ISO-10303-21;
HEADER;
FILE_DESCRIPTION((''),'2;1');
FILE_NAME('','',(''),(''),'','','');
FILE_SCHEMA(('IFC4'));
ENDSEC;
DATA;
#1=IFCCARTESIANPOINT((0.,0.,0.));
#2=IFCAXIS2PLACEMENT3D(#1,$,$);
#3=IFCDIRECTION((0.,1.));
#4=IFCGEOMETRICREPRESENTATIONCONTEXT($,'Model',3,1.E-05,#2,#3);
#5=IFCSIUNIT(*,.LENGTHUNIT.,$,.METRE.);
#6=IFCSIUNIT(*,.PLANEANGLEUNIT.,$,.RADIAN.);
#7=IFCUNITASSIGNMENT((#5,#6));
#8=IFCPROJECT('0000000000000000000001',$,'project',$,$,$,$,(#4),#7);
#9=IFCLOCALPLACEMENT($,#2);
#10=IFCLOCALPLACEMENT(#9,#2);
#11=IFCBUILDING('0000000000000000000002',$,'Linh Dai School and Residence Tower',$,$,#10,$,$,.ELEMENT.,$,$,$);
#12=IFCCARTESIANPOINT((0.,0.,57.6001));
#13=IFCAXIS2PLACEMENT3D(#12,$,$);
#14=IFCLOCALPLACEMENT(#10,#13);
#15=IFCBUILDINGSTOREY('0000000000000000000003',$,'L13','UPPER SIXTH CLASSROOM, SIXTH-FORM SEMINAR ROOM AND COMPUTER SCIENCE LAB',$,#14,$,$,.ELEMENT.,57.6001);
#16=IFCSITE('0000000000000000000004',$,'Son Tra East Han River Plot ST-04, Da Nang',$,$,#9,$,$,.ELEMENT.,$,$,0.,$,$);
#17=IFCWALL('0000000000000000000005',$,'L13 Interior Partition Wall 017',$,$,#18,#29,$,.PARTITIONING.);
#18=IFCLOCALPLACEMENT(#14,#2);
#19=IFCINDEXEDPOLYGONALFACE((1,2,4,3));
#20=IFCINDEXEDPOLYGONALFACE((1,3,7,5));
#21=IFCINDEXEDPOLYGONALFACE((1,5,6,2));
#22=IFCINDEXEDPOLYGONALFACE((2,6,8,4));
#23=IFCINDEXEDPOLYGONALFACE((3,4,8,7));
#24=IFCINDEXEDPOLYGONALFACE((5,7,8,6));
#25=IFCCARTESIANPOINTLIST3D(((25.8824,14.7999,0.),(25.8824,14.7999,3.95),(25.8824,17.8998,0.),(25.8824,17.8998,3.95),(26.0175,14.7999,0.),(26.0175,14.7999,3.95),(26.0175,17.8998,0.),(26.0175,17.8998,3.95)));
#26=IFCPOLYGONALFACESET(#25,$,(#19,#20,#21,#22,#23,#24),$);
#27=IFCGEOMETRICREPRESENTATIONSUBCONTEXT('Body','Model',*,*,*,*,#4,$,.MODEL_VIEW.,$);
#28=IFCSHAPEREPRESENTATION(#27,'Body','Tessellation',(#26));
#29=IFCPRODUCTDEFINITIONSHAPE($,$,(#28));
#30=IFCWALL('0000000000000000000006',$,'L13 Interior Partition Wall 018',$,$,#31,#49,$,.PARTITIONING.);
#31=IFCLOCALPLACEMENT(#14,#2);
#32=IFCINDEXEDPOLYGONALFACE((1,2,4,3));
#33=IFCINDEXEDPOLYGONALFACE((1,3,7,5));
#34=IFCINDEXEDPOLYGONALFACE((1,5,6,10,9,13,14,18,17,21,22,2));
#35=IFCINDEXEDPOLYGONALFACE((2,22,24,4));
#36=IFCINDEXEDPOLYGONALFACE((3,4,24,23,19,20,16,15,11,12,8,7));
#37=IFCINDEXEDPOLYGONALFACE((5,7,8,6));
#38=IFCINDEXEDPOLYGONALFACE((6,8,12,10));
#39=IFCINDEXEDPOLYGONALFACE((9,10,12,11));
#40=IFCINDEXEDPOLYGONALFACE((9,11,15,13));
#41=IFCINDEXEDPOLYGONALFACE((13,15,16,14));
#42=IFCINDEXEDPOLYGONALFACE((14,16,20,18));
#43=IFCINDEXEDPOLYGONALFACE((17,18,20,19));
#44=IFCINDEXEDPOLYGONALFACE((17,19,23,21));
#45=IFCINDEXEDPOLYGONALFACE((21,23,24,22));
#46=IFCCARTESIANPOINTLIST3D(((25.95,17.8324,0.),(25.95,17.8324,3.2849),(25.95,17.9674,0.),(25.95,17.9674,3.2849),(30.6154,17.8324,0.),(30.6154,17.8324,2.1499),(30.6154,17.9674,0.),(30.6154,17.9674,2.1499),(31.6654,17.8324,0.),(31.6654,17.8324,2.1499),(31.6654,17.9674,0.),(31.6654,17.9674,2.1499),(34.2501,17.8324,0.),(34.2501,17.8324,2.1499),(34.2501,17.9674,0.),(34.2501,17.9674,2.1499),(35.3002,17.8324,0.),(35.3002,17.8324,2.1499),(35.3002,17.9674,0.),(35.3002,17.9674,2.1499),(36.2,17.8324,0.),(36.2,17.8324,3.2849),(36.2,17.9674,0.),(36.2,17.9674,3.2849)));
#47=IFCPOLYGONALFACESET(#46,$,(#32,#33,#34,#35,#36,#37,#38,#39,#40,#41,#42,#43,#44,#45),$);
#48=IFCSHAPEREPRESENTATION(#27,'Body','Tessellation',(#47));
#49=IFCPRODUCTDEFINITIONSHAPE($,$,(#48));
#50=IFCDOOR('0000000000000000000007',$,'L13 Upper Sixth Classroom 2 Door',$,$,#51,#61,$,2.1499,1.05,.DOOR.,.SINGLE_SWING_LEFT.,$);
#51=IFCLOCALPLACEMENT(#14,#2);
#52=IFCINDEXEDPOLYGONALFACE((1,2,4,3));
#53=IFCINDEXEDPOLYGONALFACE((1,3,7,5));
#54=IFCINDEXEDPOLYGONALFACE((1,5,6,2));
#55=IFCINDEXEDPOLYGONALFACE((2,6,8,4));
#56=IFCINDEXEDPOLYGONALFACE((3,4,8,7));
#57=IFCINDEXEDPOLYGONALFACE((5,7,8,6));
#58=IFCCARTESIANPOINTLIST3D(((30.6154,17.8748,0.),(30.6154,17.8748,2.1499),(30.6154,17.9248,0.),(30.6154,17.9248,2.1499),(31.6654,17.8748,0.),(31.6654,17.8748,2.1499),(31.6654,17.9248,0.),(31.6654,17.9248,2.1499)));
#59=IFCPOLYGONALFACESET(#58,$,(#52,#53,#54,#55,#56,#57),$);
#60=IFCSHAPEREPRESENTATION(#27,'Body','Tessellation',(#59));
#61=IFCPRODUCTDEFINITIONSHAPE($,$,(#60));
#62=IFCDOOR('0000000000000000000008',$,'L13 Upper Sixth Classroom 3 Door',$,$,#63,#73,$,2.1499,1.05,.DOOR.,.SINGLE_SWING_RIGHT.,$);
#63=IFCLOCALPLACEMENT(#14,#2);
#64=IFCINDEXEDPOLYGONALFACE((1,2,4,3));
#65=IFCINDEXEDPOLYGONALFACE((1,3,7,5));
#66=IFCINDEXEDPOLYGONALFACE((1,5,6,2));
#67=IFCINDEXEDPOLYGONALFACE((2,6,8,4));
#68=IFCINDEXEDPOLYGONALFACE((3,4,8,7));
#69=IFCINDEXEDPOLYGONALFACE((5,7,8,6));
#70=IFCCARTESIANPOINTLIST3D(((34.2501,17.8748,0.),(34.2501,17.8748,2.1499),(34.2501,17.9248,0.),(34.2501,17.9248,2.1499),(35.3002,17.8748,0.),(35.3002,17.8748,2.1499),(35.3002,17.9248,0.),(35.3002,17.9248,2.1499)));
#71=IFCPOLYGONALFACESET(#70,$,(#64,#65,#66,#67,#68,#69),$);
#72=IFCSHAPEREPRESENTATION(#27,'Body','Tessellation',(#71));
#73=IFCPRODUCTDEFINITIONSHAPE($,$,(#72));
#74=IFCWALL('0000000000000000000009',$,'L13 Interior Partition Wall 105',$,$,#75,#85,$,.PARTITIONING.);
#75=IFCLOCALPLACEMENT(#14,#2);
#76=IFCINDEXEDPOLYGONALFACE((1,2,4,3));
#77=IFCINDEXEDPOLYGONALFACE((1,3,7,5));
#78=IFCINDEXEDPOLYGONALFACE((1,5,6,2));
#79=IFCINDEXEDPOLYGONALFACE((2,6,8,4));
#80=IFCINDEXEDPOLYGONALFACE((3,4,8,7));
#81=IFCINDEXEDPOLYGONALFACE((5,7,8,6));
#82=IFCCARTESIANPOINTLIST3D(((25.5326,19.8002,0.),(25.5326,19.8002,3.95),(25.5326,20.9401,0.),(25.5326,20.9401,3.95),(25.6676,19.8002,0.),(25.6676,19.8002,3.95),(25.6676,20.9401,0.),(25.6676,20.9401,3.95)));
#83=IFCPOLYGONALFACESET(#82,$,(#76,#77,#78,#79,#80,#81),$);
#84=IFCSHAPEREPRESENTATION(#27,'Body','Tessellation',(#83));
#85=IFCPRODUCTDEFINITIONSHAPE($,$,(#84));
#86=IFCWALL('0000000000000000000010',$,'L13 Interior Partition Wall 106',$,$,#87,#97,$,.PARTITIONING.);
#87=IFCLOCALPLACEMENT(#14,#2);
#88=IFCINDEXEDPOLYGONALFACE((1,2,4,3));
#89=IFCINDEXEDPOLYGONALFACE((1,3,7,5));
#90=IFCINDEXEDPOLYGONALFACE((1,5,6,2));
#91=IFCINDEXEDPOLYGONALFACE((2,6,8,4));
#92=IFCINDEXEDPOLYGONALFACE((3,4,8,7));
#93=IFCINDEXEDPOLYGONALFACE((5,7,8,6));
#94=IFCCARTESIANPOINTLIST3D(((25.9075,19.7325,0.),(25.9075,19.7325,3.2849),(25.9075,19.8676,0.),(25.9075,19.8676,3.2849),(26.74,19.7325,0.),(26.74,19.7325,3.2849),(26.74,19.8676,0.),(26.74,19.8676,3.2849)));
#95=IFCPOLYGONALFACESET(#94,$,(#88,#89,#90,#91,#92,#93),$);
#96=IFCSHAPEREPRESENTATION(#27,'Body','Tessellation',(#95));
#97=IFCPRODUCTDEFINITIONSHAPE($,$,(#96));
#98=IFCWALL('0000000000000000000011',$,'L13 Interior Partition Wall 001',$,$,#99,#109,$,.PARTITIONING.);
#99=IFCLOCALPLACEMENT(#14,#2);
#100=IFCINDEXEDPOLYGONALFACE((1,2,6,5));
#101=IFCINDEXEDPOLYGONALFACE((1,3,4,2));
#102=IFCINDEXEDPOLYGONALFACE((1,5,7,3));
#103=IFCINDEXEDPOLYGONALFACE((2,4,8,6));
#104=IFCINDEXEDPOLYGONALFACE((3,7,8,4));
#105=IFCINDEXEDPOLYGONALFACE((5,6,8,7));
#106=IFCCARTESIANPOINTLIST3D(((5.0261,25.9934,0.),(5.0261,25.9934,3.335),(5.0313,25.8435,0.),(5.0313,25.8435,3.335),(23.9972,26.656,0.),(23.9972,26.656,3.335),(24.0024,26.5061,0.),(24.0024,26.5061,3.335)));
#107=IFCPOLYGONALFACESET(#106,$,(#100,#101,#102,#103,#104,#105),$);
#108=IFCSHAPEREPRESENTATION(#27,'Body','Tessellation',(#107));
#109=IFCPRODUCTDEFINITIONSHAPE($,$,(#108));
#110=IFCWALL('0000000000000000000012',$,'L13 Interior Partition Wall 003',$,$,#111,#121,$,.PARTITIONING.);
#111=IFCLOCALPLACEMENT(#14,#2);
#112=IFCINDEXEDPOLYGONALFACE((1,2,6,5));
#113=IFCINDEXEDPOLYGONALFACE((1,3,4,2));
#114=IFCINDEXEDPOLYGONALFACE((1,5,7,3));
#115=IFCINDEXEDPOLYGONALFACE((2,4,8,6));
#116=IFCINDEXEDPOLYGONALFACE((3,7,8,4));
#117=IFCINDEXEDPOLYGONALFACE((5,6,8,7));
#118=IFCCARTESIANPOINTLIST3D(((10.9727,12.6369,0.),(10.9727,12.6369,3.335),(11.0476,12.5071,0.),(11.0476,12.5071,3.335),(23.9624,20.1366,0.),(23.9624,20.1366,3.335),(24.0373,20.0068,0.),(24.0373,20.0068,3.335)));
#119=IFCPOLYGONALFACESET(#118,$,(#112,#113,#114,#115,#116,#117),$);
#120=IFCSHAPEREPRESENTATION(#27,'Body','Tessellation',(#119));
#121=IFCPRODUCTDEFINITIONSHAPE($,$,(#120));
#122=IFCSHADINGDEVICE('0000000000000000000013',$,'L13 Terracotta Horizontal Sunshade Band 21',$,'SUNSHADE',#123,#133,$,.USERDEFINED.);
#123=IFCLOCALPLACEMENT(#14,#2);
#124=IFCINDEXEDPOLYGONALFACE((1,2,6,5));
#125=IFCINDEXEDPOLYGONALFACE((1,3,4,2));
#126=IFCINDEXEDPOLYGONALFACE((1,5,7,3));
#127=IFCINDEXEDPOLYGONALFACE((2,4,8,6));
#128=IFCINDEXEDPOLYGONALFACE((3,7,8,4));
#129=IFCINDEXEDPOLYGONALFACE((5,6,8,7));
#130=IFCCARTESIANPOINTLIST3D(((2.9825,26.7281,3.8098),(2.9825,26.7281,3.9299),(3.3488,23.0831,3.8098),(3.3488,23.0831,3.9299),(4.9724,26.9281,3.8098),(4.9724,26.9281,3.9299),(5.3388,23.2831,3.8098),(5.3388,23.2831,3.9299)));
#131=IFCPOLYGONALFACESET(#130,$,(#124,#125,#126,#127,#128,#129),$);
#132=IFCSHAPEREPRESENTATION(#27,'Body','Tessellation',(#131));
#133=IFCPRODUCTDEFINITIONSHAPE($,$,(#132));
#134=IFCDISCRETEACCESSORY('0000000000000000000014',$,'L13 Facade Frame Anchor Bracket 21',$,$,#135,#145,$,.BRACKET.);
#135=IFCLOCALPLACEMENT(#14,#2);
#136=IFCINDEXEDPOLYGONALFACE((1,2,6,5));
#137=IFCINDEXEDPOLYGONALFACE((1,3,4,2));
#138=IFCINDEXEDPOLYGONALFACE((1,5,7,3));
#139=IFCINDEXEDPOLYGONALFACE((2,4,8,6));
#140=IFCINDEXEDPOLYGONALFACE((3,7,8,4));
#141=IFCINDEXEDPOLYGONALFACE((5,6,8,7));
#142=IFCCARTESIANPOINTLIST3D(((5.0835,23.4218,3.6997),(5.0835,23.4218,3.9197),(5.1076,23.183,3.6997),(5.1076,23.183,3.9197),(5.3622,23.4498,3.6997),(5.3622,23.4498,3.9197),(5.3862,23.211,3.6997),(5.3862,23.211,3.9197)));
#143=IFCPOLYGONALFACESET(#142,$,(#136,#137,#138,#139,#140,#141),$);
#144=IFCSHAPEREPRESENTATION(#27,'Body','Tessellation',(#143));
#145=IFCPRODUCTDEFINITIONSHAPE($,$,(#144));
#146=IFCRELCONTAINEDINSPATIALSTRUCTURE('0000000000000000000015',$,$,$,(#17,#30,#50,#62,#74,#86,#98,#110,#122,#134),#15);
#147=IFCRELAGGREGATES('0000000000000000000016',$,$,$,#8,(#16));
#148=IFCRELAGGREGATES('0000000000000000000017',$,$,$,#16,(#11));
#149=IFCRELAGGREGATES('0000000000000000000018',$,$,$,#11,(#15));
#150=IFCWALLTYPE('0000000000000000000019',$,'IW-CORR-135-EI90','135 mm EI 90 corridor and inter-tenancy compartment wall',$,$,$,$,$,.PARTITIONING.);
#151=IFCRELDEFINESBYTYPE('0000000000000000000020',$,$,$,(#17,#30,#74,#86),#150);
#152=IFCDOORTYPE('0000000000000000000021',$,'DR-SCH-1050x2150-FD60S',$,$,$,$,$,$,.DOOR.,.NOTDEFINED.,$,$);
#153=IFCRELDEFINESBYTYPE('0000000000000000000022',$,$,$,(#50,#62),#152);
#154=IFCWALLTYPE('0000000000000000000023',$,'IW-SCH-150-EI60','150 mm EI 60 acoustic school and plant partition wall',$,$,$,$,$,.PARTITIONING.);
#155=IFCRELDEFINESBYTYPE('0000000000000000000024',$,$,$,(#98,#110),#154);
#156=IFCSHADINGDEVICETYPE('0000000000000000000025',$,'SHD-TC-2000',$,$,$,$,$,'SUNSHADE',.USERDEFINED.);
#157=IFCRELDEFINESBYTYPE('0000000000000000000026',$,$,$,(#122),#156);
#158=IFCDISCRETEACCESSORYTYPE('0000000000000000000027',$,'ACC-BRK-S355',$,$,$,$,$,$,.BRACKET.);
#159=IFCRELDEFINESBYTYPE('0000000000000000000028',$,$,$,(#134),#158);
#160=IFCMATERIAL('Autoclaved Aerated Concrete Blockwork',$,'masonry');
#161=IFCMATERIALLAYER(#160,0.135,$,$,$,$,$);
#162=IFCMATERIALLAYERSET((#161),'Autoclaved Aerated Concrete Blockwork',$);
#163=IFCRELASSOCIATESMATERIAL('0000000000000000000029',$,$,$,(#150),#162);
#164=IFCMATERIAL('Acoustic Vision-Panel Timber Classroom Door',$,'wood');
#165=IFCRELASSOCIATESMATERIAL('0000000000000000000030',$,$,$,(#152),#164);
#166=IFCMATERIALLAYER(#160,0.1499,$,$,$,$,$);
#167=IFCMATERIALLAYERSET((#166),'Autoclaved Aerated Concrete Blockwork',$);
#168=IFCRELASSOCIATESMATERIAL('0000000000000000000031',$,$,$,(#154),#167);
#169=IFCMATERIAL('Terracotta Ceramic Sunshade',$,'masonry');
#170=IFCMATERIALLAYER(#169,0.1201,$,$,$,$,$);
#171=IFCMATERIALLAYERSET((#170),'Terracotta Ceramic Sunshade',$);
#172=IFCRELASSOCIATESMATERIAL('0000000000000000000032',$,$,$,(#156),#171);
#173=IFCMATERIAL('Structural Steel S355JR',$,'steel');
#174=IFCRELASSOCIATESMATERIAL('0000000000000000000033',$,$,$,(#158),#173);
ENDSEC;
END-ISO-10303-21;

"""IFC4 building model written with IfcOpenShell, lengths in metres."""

from ifc_helpers import new_model, si_unit, direction, frame, frame_2d, origin, origin_2d, place, context, subcontext, project, spatial, rectangle, extrude, source, transform, mapped, material, layer, layer_set, type_object, element, fill, save


model = new_model("IFC4")

# Units and contexts
model_context = context("Model", 3, precision=1e-05, world=origin(), true_north=direction((0.0, 1.0)))
body_context = subcontext(model_context, "Body", "Model", "MODEL_VIEW")
ifc_project = project(units=[si_unit("LENGTHUNIT", "METRE"), si_unit("PLANEANGLEUNIT", "RADIAN")], contexts=[model_context])

# Site, building, storey
site_placement = place(None, origin())
site = spatial("IfcSite", under=ifc_project, at=site_placement, Name="Son Tra East Han River Plot ST-04, Da Nang", CompositionType="ELEMENT", RefElevation=0.0)
building_placement = place(site_placement, origin())
building = spatial("IfcBuilding", under=site, at=building_placement, Name="Linh Dai School and Residence Tower", CompositionType="ELEMENT")
storey_placement = place(building_placement, frame((0.0, 0.0, 57.6001)))
storey = spatial("IfcBuildingStorey", under=building, at=storey_placement, Name="L13", Description="UPPER SIXTH CLASSROOM, SIXTH-FORM SEMINAR ROOM AND COMPUTER SCIENCE LAB", CompositionType="ELEMENT", Elevation=57.6001)

# Shared definitions
ifc_material_1 = material(Name="Structural Steel S355JR", Category="steel")

# Shared definitions
ifc_material_2 = material(Name="Autoclaved Aerated Concrete Blockwork", Category="masonry")
ifc_layer_1 = layer(ifc_material_2, 0.135)
ifc_layer_set_1 = layer_set([ifc_layer_1], Name="Autoclaved Aerated Concrete Blockwork")
wall_type_1 = type_object("IfcWallType", Name="IW-CORR-135-EI90", Description="135 mm EI 90 corridor and inter-tenancy compartment wall", PredefinedType="PARTITIONING", material=ifc_layer_set_1)
ifc_material_3 = material(Name="Acoustic Vision-Panel Timber Classroom Door", Category="wood")
door_type = type_object("IfcDoorType", Name="DR-SCH-1050x2150-FD60S", OperationType="NOTDEFINED", PredefinedType="DOOR", material=ifc_material_3)
shared_shape_1 = source(origin(), body_context, "Body", "SweptSolid", [
    extrude(rectangle(XDim=1.05, YDim=2.1499, at=origin_2d()), frame((0.5249, 0.0249, 1.075), z_axis=(0.0, -1.0, 0.0), x_axis=(1.0, 0.0, 0.0)), (0.0, 0.0, 1.0), 0.05),
])

# Wall
wall_1_placement = place(storey_placement, frame((25.95, 14.8, 0.0), z_axis=(0.0, 0.0, 1.0), x_axis=(0.0, 1.0, 0.0)))
element("IfcWall", 1, at=wall_1_placement, inside=storey, type_object=wall_type_1, Name="L13 Interior Partition Wall 017", PredefinedType="PARTITIONING", context=body_context, shape_type="SweptSolid", body=[
    extrude(rectangle(XDim=3.0999, YDim=0.135, at=frame_2d((1.5498, 0.0))), origin(), (0.0, 0.0, 1.0), 3.95),
])

# Wall, openings, doors
wall_2_placement = place(storey_placement, frame((25.95, 17.8999, 0.0), z_axis=(0.0, 0.0, 1.0), x_axis=(1.0, 0.0, 0.0)))
wall_2 = element("IfcWall", 2, at=wall_2_placement, inside=storey, type_object=wall_type_1, Name="L13 Interior Partition Wall 018", PredefinedType="PARTITIONING", context=body_context, shape_type="SweptSolid", body=[
    extrude(rectangle(XDim=10.25, YDim=0.135, at=frame_2d((5.125, 0.0))), origin(), (0.0, 0.0, 1.0), 3.2849),
])
opening_1_placement = place(wall_2_placement, frame((4.6655, 0.0, 0.0)))
opening_1 = element("IfcOpeningElement", 3, at=opening_1_placement, cuts=wall_2, PredefinedType="OPENING", context=body_context, shape_type="SweptSolid", body=[
    extrude(rectangle(XDim=1.05, YDim=2.1499, at=origin_2d()), frame((0.5249, 0.0776, 1.075), z_axis=(0.0, -1.0, 0.0), x_axis=(1.0, 0.0, 0.0)), (0.0, 0.0, 1.0), 0.155),
])
opening_2_placement = place(wall_2_placement, frame((8.3003, 0.0, 0.0)))
opening_2 = element("IfcOpeningElement", 4, at=opening_2_placement, cuts=wall_2, PredefinedType="OPENING", context=body_context, shape_type="SweptSolid", body=[
    extrude(rectangle(XDim=1.05, YDim=2.1499, at=origin_2d()), frame((0.5249, 0.0776, 1.075), z_axis=(0.0, -1.0, 0.0), x_axis=(1.0, 0.0, 0.0)), (0.0, 0.0, 1.0), 0.155),
])
door_1_placement = place(opening_1_placement, origin())
door_1 = element("IfcDoor", 5, at=door_1_placement, inside=storey, type_object=door_type, Name="L13 Upper Sixth Classroom 2 Door", OperationType="SINGLE_SWING_LEFT", OverallHeight=2.1499, OverallWidth=1.05, PredefinedType="DOOR", context=body_context, shape_type="MappedRepresentation", body=[
    mapped(shared_shape_1, transform((0.0, 0.0, 0.0), x_axis=(1.0, 0.0, 0.0), y_axis=(0.0, 1.0, 0.0), z_axis=(0.0, 0.0, 1.0), scale=1.0)),
])
fill(opening_1, door_1)
door_2_placement = place(opening_2_placement, origin())
door_2 = element("IfcDoor", 6, at=door_2_placement, inside=storey, type_object=door_type, Name="L13 Upper Sixth Classroom 3 Door", OperationType="SINGLE_SWING_RIGHT", OverallHeight=2.1499, OverallWidth=1.05, PredefinedType="DOOR", context=body_context, shape_type="MappedRepresentation", body=[
    mapped(shared_shape_1, transform((0.0, 0.0, 0.0), x_axis=(1.0, 0.0, 0.0), y_axis=(0.0, 1.0, 0.0), z_axis=(0.0, 0.0, 1.0), scale=1.0)),
])
fill(opening_2, door_2)

# Walls
wall_3_placement = place(storey_placement, frame((25.6001, 20.9399, 0.0), z_axis=(0.0, 0.0, 1.0), x_axis=(0.0, -1.0, 0.0)))
element("IfcWall", 7, at=wall_3_placement, inside=storey, type_object=wall_type_1, Name="L13 Interior Partition Wall 105", PredefinedType="PARTITIONING", context=body_context, shape_type="SweptSolid", body=[
    extrude(rectangle(XDim=1.1399, YDim=0.135, at=frame_2d((0.5698, 0.0))), origin(), (0.0, 0.0, 1.0), 3.95),
])
wall_4_placement = place(storey_placement, frame((25.9075, 19.8, 0.0), z_axis=(0.0, 0.0, 1.0), x_axis=(1.0, 0.0, 0.0)))
element("IfcWall", 8, at=wall_4_placement, inside=storey, type_object=wall_type_1, Name="L13 Interior Partition Wall 106", PredefinedType="PARTITIONING", context=body_context, shape_type="SweptSolid", body=[
    extrude(rectangle(XDim=0.8325, YDim=0.135, at=frame_2d((0.4163, 0.0))), origin(), (0.0, 0.0, 1.0), 3.2849),
])
ifc_layer_2 = layer(ifc_material_2, 0.1499)
ifc_layer_set_2 = layer_set([ifc_layer_2], Name="Autoclaved Aerated Concrete Blockwork")
wall_type_2 = type_object("IfcWallType", Name="IW-SCH-150-EI60", Description="150 mm EI 60 acoustic school and plant partition wall", PredefinedType="PARTITIONING", material=ifc_layer_set_2)
wall_5_placement = place(storey_placement, frame((5.0288, 25.9185, 0.0), z_axis=(0.0, 0.0, 1.0), x_axis=(0.999391, 0.034905, 0.0)))
element("IfcWall", 9, at=wall_5_placement, inside=storey, type_object=wall_type_2, Name="L13 Interior Partition Wall 001", PredefinedType="PARTITIONING", context=body_context, shape_type="SweptSolid", body=[
    extrude(rectangle(XDim=18.9827, YDim=0.1499, at=frame_2d((9.4912, 0.0))), origin(), (0.0, 0.0, 1.0), 3.335),
])
wall_6_placement = place(storey_placement, frame((11.0103, 12.572, 0.0), z_axis=(0.0, 0.0, 1.0), x_axis=(0.866022, 0.500006, 0.0)))
element("IfcWall", 10, at=wall_6_placement, inside=storey, type_object=wall_type_2, Name="L13 Interior Partition Wall 003", PredefinedType="PARTITIONING", context=body_context, shape_type="SweptSolid", body=[
    extrude(rectangle(XDim=14.9993, YDim=0.1499, at=frame_2d((7.4995, 0.0))), origin(), (0.0, 0.0, 1.0), 3.335),
])

# Shading device
ifc_material_4 = material(Name="Terracotta Ceramic Sunshade", Category="masonry")
ifc_layer_3 = layer(ifc_material_4, 0.1201)
ifc_layer_set_3 = layer_set([ifc_layer_3], Name="Terracotta Ceramic Sunshade")
shading_device_type = type_object("IfcShadingDeviceType", Name="SHD-TC-2000", ElementType="SUNSHADE", PredefinedType="USERDEFINED", material=ifc_layer_set_3)
shared_shape_2 = source(origin(), body_context, "Body", "SweptSolid", [
    extrude(rectangle(XDim=3.6633, YDim=2.0, at=origin_2d()), origin(), (0.0, 0.0, 1.0), 0.1201),
])
shading_device_placement = place(storey_placement, frame((4.1606, 25.0056, 3.8098), z_axis=(0.0, 0.0, 1.0), x_axis=(-0.100009, 0.994986, 0.0)))
element("IfcShadingDevice", 11, at=shading_device_placement, inside=storey, type_object=shading_device_type, Name="L13 Terracotta Horizontal Sunshade Band 21", ObjectType="SUNSHADE", PredefinedType="USERDEFINED", context=body_context, shape_type="MappedRepresentation", body=[
    mapped(shared_shape_2, transform((0.0, 0.0, 0.0), x_axis=(1.0, 0.0, 0.0), y_axis=(0.0, 1.0, 0.0), z_axis=(0.0, 0.0, 1.0), scale=1.0)),
])

# Discrete accessory
discrete_accessory_type = type_object("IfcDiscreteAccessoryType", Name="ACC-BRK-S355", PredefinedType="BRACKET", material=ifc_material_1)
shared_shape_3 = source(origin(), body_context, "Body", "SweptSolid", [
    extrude(rectangle(XDim=0.28, YDim=0.24, at=origin_2d()), origin(), (0.0, 0.0, 1.0), 0.22),
])
discrete_accessory_placement = place(storey_placement, frame((5.2349, 23.3164, 3.6997), z_axis=(0.0, 0.0, 1.0), x_axis=(-0.994986, -0.100009, 0.0)))
element("IfcDiscreteAccessory", 12, at=discrete_accessory_placement, inside=storey, type_object=discrete_accessory_type, Name="L13 Facade Frame Anchor Bracket 21", PredefinedType="BRACKET", context=body_context, shape_type="MappedRepresentation", body=[
    mapped(shared_shape_3, transform((0.0, 0.0, 0.0), x_axis=(1.0, 0.0, 0.0), y_axis=(0.0, 1.0, 0.0), z_axis=(0.0, 0.0, 1.0), scale=1.0)),
])

save(model, "model.ifc")
